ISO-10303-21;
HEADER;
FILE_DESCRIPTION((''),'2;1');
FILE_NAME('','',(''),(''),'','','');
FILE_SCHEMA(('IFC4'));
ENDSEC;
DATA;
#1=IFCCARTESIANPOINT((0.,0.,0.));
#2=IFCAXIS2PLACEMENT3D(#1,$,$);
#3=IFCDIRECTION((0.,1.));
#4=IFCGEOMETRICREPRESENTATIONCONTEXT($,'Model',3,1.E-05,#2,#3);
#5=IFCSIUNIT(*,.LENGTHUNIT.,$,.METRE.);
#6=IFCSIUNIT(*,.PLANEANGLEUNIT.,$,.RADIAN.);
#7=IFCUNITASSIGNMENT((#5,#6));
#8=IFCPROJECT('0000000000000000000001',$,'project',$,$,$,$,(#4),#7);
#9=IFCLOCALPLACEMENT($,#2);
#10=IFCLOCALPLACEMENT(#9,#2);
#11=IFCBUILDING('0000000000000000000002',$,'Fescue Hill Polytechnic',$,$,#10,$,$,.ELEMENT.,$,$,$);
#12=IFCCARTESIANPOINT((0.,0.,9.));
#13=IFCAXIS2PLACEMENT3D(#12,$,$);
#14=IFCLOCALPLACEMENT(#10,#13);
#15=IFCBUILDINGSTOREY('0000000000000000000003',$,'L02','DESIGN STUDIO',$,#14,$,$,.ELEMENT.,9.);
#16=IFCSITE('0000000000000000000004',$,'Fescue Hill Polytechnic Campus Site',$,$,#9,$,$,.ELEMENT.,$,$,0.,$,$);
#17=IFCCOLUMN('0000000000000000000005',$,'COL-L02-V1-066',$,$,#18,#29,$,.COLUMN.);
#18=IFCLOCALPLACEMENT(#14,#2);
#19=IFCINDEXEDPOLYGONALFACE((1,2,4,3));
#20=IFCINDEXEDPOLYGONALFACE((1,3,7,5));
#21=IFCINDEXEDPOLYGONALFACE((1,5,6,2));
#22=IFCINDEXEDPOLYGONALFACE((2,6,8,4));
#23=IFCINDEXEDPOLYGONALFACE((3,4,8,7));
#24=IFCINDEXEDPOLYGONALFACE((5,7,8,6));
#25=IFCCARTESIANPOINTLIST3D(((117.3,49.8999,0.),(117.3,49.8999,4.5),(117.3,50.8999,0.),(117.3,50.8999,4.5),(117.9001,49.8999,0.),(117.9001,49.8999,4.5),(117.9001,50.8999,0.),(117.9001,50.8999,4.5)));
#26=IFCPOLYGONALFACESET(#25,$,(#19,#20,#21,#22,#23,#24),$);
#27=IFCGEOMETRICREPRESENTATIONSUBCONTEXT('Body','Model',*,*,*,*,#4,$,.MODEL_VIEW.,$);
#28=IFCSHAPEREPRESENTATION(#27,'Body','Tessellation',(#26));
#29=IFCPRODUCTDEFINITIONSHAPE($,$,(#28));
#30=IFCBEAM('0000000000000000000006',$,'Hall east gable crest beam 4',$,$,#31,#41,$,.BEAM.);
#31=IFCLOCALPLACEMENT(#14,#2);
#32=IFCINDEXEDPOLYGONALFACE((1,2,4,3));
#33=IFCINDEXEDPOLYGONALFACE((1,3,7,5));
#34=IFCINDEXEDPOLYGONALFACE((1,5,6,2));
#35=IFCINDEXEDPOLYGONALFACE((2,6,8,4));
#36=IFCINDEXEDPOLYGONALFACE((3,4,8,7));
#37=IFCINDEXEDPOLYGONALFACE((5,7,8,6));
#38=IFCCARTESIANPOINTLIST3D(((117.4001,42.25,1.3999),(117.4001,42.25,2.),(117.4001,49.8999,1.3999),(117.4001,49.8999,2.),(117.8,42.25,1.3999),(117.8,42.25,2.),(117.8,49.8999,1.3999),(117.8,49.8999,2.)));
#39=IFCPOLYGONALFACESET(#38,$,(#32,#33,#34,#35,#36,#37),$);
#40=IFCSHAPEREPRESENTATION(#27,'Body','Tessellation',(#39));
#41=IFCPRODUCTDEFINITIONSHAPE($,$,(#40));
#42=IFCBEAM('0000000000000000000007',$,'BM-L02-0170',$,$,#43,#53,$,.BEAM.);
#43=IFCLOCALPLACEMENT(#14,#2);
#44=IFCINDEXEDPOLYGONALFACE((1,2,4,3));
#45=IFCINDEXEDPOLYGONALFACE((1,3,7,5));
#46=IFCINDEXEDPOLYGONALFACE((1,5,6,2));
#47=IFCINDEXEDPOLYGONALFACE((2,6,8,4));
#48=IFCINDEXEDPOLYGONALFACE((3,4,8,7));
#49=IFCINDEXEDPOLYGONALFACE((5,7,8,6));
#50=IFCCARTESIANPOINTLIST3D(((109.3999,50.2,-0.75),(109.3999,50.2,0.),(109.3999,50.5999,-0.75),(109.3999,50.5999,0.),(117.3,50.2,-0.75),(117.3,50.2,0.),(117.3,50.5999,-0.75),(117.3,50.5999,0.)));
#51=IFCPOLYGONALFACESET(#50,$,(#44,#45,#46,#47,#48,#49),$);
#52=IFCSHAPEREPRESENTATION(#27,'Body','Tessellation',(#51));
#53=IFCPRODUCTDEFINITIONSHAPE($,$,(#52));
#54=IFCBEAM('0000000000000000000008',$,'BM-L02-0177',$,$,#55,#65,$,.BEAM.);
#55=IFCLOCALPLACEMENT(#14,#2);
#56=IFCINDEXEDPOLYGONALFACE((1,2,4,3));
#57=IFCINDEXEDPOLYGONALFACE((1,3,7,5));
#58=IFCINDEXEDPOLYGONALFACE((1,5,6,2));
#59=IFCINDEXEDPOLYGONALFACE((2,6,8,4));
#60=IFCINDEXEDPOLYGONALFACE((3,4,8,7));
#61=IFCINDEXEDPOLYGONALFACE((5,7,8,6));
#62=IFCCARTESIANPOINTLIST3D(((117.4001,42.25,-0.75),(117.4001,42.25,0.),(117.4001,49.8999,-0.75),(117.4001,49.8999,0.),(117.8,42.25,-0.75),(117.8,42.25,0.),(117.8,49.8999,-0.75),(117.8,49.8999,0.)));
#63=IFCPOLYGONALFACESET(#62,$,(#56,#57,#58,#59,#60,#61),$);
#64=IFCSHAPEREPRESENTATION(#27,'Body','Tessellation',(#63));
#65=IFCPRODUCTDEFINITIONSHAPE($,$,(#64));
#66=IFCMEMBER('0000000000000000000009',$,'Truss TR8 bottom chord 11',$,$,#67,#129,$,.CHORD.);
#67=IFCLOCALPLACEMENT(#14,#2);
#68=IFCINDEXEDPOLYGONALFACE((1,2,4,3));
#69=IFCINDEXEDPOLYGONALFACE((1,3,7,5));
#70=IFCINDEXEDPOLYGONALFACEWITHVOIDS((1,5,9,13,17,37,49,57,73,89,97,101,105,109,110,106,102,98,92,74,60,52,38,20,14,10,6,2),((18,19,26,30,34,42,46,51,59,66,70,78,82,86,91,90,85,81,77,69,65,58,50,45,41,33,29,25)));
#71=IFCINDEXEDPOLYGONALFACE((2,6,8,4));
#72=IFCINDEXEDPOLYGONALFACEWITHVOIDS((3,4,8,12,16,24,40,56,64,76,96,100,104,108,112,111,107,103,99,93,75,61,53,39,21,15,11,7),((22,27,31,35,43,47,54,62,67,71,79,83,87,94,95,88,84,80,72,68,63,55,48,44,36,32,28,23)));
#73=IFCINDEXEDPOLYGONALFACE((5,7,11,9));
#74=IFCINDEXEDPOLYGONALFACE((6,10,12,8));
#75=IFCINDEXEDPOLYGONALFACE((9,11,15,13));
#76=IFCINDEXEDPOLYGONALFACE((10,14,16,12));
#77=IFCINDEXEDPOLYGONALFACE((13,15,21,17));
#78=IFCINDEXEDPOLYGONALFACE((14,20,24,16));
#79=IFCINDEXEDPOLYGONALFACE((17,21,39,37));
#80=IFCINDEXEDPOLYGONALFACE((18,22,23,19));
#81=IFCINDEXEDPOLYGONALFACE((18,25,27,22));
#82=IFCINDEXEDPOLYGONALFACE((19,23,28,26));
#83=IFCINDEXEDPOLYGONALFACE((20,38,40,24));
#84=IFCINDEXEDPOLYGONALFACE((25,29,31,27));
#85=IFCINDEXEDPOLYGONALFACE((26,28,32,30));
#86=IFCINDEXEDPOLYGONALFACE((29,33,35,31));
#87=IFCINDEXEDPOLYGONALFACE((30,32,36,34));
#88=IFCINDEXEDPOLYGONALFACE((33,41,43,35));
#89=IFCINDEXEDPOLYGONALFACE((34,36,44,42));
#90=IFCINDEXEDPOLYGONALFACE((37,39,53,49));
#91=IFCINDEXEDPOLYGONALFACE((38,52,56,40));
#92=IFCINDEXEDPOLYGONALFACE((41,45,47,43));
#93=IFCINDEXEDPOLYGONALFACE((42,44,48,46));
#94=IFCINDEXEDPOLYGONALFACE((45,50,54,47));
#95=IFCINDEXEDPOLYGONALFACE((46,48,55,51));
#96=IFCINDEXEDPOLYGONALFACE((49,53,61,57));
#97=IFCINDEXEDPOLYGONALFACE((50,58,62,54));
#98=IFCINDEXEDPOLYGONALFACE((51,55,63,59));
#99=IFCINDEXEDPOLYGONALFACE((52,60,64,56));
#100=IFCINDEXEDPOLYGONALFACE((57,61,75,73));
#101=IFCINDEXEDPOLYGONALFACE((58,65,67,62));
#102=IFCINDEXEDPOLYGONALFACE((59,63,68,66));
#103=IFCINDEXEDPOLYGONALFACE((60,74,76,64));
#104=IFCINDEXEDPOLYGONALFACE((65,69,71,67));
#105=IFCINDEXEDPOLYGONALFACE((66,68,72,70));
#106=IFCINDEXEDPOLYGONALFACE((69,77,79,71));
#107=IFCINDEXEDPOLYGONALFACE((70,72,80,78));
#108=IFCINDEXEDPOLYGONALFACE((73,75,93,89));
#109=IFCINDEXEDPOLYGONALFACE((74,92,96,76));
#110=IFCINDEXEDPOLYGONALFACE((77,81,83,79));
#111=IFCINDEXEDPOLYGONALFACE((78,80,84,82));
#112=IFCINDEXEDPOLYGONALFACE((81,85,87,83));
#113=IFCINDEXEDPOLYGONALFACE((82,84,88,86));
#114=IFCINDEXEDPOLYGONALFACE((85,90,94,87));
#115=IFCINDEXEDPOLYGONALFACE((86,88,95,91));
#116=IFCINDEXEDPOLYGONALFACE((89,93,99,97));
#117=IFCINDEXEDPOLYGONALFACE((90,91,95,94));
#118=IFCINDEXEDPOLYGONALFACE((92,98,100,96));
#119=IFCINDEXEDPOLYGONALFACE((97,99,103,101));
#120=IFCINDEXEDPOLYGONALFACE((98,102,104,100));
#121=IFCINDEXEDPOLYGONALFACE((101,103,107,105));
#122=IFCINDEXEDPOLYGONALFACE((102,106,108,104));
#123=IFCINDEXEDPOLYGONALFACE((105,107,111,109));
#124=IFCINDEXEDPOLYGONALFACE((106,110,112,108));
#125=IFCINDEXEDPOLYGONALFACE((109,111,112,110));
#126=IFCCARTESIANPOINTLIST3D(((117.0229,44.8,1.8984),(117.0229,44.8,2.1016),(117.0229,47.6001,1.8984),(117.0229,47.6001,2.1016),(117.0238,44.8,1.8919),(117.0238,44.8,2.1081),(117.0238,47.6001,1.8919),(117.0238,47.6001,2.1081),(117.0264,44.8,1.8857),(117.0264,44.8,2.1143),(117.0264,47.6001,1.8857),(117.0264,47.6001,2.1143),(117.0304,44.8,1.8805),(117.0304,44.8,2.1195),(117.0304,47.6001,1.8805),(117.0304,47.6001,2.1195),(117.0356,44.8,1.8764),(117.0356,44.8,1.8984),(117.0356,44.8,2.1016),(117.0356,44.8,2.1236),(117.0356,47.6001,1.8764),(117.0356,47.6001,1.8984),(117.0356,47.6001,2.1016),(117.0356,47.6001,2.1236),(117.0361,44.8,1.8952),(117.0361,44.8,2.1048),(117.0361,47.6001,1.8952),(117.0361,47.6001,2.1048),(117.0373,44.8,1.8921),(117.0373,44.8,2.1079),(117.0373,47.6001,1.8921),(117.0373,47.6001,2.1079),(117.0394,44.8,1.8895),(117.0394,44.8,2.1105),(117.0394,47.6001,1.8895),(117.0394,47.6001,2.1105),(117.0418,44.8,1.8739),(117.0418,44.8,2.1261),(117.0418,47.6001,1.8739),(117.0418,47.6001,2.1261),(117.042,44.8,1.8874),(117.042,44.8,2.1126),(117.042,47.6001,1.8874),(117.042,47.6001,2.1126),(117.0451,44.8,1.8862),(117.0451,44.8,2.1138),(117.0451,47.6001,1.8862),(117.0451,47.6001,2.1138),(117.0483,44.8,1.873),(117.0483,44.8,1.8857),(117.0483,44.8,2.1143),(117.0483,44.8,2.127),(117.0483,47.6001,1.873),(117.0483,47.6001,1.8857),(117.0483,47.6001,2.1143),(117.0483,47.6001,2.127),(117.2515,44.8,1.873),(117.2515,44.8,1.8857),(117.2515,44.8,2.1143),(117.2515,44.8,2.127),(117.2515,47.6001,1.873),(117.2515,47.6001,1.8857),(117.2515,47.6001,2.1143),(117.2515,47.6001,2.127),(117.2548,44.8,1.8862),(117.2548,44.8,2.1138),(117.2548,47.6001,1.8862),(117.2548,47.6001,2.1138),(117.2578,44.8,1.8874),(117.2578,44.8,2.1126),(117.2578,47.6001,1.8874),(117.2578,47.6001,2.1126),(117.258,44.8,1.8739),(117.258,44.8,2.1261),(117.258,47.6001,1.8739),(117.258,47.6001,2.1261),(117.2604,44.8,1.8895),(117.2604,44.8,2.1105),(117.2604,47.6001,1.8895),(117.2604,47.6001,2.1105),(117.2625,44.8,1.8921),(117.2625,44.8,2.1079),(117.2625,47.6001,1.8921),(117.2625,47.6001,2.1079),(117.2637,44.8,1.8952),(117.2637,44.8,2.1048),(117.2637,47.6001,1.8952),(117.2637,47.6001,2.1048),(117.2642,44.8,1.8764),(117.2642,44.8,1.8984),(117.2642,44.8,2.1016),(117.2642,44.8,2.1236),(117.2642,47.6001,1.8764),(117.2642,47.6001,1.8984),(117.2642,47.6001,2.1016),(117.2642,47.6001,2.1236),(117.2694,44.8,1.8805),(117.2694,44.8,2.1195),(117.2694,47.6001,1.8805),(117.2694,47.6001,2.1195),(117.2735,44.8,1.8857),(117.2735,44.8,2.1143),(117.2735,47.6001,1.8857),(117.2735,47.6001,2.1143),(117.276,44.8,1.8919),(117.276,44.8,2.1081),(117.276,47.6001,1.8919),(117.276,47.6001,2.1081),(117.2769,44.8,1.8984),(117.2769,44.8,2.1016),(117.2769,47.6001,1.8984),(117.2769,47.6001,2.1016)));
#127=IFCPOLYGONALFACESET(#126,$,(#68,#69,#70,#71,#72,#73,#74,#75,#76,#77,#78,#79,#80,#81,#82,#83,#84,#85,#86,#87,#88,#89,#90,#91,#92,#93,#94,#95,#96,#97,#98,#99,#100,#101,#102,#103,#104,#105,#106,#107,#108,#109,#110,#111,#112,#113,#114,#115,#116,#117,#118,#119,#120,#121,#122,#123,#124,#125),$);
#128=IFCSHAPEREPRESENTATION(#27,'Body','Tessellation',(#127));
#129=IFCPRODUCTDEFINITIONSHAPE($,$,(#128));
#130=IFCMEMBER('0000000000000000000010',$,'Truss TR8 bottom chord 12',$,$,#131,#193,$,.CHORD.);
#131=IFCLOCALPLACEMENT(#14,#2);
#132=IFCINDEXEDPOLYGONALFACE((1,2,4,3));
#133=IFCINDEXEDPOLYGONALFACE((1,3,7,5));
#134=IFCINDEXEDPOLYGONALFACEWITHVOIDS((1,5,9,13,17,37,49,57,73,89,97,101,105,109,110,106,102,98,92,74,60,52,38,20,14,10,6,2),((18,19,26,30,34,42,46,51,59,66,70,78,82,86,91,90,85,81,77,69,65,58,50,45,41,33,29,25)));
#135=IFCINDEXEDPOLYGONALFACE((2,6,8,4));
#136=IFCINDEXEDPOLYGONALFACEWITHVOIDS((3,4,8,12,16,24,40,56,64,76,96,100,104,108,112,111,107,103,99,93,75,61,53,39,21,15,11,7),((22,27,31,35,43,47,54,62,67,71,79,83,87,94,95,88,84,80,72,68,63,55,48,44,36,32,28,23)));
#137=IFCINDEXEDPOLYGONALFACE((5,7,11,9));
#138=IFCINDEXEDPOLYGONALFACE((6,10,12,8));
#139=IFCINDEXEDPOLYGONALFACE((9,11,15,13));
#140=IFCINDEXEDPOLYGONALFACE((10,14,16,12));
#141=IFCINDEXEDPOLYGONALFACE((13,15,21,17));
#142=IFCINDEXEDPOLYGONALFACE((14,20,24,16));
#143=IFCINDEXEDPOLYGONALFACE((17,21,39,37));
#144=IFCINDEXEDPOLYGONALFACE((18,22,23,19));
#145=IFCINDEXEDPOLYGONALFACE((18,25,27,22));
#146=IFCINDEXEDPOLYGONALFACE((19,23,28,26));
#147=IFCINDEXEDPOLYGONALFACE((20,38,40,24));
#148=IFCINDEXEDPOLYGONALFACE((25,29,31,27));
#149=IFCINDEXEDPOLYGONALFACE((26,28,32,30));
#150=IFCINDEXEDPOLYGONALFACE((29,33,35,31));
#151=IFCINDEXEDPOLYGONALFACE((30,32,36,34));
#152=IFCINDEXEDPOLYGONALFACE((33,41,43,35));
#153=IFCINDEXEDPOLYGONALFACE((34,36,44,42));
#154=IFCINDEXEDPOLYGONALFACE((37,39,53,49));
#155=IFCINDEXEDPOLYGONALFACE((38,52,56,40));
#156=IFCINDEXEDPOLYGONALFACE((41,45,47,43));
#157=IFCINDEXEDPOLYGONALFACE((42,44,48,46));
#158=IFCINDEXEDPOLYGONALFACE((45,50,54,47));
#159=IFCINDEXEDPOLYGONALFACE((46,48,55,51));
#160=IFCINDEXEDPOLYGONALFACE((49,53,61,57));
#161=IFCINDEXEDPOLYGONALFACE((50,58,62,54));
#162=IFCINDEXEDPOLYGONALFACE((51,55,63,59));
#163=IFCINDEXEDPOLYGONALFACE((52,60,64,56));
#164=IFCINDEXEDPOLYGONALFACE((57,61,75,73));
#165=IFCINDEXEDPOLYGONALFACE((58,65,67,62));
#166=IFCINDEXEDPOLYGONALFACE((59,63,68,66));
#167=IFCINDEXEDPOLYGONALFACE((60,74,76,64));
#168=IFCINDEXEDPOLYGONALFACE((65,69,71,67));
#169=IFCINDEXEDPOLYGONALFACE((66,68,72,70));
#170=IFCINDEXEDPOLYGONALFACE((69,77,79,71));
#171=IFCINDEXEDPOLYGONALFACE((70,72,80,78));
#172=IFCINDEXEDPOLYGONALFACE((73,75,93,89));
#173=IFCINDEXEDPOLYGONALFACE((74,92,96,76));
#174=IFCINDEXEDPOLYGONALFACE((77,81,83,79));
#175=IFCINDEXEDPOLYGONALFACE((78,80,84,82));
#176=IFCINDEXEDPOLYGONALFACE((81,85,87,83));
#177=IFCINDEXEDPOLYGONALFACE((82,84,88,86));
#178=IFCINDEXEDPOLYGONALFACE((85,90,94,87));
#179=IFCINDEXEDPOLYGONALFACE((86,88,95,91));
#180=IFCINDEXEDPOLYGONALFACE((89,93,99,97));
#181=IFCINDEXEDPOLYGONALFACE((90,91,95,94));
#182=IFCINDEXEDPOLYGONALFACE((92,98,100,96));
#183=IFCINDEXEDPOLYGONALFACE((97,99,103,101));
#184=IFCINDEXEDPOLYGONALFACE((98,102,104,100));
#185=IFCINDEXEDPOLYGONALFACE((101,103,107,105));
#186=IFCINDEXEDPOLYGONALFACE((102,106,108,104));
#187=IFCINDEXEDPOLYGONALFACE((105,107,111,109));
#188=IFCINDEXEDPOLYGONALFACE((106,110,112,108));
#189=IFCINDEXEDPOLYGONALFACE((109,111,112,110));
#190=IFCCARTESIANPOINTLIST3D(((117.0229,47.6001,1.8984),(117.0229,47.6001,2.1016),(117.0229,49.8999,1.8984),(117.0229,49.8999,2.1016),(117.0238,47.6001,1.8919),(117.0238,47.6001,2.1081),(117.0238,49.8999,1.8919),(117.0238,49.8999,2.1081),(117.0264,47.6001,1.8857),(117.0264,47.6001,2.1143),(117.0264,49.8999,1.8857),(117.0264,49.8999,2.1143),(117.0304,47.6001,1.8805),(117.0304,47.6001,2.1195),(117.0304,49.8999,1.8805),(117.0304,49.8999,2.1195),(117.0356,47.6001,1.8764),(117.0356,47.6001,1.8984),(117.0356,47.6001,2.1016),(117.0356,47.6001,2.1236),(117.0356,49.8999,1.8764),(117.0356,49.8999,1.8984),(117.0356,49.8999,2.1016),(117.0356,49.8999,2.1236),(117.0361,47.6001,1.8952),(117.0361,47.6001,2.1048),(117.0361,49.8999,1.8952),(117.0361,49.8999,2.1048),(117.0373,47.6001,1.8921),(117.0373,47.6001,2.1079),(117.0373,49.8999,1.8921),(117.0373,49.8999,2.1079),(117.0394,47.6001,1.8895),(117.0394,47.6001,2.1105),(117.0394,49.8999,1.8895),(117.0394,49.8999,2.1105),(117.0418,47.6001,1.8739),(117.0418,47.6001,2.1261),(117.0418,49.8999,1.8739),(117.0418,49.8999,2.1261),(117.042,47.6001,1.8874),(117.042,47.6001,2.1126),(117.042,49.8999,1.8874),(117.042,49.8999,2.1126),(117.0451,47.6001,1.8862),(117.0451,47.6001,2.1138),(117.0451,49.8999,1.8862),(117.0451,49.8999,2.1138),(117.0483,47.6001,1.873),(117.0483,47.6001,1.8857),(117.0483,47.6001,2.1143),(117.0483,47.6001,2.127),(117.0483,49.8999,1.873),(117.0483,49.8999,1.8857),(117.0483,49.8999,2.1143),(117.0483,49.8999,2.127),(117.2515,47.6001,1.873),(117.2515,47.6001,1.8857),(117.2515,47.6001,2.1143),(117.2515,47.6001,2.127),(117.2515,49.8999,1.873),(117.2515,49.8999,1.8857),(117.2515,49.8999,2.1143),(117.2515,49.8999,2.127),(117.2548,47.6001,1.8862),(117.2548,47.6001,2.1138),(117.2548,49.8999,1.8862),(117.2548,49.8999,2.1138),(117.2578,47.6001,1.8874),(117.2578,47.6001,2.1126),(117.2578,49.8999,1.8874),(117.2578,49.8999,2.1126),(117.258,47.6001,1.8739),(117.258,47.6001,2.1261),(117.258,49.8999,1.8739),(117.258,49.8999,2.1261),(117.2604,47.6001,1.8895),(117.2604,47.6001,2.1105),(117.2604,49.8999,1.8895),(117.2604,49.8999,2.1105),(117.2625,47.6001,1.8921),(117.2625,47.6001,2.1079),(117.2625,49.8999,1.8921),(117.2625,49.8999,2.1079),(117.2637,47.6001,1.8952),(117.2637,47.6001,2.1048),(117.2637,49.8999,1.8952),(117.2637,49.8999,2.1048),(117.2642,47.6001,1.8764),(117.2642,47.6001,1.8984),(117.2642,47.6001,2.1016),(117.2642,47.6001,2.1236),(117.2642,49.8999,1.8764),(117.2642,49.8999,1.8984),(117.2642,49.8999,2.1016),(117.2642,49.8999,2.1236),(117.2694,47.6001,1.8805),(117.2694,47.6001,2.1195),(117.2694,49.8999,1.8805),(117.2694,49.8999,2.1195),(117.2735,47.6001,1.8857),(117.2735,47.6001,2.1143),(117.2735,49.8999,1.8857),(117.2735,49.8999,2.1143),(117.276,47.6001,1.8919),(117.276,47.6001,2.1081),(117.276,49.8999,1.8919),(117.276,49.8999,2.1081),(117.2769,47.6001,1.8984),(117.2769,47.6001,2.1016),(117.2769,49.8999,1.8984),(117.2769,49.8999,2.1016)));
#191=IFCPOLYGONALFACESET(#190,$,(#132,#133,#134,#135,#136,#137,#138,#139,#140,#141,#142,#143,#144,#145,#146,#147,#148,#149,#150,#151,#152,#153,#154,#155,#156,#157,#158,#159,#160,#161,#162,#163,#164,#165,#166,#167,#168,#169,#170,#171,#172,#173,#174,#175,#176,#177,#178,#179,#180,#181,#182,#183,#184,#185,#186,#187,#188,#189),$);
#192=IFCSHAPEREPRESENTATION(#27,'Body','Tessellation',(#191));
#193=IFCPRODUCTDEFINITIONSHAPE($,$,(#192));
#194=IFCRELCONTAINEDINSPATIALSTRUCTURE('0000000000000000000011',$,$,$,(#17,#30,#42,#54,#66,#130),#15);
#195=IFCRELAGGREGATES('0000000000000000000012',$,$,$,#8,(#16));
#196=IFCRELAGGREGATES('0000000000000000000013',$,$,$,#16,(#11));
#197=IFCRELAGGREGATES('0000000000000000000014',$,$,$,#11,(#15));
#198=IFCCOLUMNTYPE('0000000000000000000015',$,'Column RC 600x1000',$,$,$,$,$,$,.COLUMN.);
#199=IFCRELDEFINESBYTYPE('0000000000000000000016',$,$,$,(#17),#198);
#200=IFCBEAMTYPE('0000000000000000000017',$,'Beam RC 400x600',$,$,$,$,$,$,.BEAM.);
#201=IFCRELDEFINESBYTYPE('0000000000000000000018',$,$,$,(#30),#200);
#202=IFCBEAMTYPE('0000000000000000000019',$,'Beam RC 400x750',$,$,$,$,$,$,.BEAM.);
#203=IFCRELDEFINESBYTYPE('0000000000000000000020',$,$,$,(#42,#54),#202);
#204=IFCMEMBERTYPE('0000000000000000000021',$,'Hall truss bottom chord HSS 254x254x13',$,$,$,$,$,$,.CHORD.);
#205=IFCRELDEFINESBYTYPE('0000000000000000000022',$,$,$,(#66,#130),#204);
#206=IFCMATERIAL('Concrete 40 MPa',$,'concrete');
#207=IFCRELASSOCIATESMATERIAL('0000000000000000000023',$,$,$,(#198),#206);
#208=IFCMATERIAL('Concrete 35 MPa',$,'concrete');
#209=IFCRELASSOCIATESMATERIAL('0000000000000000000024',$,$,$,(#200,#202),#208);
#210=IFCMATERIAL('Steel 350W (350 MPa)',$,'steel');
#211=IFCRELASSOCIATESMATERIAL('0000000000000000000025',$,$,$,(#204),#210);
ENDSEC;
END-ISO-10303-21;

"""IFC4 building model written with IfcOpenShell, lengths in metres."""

from ifc_helpers import new_model, si_unit, direction, frame, origin, origin_2d, place, context, subcontext, project, spatial, rectangle, hollow_rectangle, extrude, material, material_profile, profile_set, type_object, element, save


model = new_model("IFC4")

# Units and contexts
model_context = context("Model", 3, precision=1e-05, world=origin(), true_north=direction((0.0, 1.0)))
body_context = subcontext(model_context, "Body", "Model", "MODEL_VIEW")
ifc_project = project(units=[si_unit("LENGTHUNIT", "METRE"), si_unit("PLANEANGLEUNIT", "RADIAN")], contexts=[model_context])

# Site, building, storey
site_placement = place(None, origin())
site = spatial("IfcSite", under=ifc_project, at=site_placement, Name="Fescue Hill Polytechnic Campus Site", CompositionType="ELEMENT", RefElevation=0.0)
building_placement = place(site_placement, origin())
building = spatial("IfcBuilding", under=site, at=building_placement, Name="Fescue Hill Polytechnic", CompositionType="ELEMENT")
storey_placement = place(building_placement, frame((0.0, 0.0, 9.0)))
storey = spatial("IfcBuildingStorey", under=building, at=storey_placement, Name="L02", Description="DESIGN STUDIO", CompositionType="ELEMENT", Elevation=9.0)

# Column
ifc_material_1 = material(Name="Concrete 40 MPa", Category="concrete")
ifc_material_profile_1 = material_profile(ifc_material_1, rectangle(XDim=0.6001, YDim=1.0, at=origin_2d()), Name="RC 600x1000")
ifc_profile_set_1 = profile_set([ifc_material_profile_1], Name="Concrete 40 MPa")
column_type = type_object("IfcColumnType", Name="Column RC 600x1000", PredefinedType="COLUMN", material=ifc_profile_set_1)
column_placement = place(storey_placement, frame((117.6001, 50.3999, 0.0), z_axis=(0.0, 0.0, 1.0), x_axis=(1.0, 0.0, 0.0)))
element("IfcColumn", 1, at=column_placement, inside=storey, type_object=column_type, Name="COL-L02-V1-066", PredefinedType="COLUMN", context=body_context, shape_type="SweptSolid", body=[
    extrude(rectangle(XDim=0.6001, YDim=1.0, at=origin_2d()), origin(), (0.0, 0.0, 1.0), 4.5),
])

# Beams
ifc_material_2 = material(Name="Concrete 35 MPa", Category="concrete")
ifc_material_profile_2 = material_profile(ifc_material_2, rectangle(XDim=0.3999, YDim=0.6001, at=origin_2d()), Name="RC 400x600")
ifc_profile_set_2 = profile_set([ifc_material_profile_2], Name="Concrete 35 MPa")
beam_type_1 = type_object("IfcBeamType", Name="Beam RC 400x600", PredefinedType="BEAM", material=ifc_profile_set_2)
beam_1_placement = place(storey_placement, frame((117.6001, 42.25, 1.7), z_axis=(0.0, 1.0, 0.0), x_axis=(-1.0, 0.0, 0.0)))
element("IfcBeam", 2, at=beam_1_placement, inside=storey, type_object=beam_type_1, Name="Hall east gable crest beam 4", PredefinedType="BEAM", context=body_context, shape_type="SweptSolid", body=[
    extrude(rectangle(XDim=0.3999, YDim=0.6001, at=origin_2d()), origin(), (0.0, 0.0, 1.0), 7.6499),
])
ifc_material_profile_3 = material_profile(ifc_material_2, rectangle(XDim=0.3999, YDim=0.75, at=origin_2d()), Name="RC 400x750")
ifc_profile_set_3 = profile_set([ifc_material_profile_3], Name="Concrete 35 MPa")
beam_type_2 = type_object("IfcBeamType", Name="Beam RC 400x750", PredefinedType="BEAM", material=ifc_profile_set_3)
beam_2_placement = place(storey_placement, frame((117.3, 50.3999, -0.375), z_axis=(-1.0, 0.0, 0.0), x_axis=(0.0, -1.0, 0.0)))
element("IfcBeam", 3, at=beam_2_placement, inside=storey, type_object=beam_type_2, Name="BM-L02-0170", PredefinedType="BEAM", context=body_context, shape_type="SweptSolid", body=[
    extrude(rectangle(XDim=0.3999, YDim=0.75, at=origin_2d()), origin(), (0.0, 0.0, 1.0), 7.9001),
])
beam_3_placement = place(storey_placement, frame((117.6001, 42.25, -0.375), z_axis=(0.0, 1.0, 0.0), x_axis=(-1.0, 0.0, 0.0)))
element("IfcBeam", 4, at=beam_3_placement, inside=storey, type_object=beam_type_2, Name="BM-L02-0177", PredefinedType="BEAM", context=body_context, shape_type="SweptSolid", body=[
    extrude(rectangle(XDim=0.3999, YDim=0.75, at=origin_2d()), origin(), (0.0, 0.0, 1.0), 7.6499),
])

# Members
ifc_material_3 = material(Name="Steel 350W (350 MPa)", Category="steel")
ifc_material_profile_4 = material_profile(ifc_material_3, hollow_rectangle(XDim=0.2539, YDim=0.2539, WallThickness=0.0127, InnerFilletRadius=0.0127, OuterFilletRadius=0.0254, at=origin_2d()), Name="Hall truss bottom chord HSS 254x254x13")
ifc_profile_set_4 = profile_set([ifc_material_profile_4], Name="Steel 350W (350 MPa)")
member_type_1 = type_object("IfcMemberType", Name="Hall truss bottom chord HSS 254x254x13", PredefinedType="CHORD", material=ifc_profile_set_4)
member_1_placement = place(storey_placement, frame((117.1499, 44.8, 2.0), z_axis=(0.0, 1.0, 0.0), x_axis=(-1.0, 0.0, 0.0)))
element("IfcMember", 5, at=member_1_placement, inside=storey, type_object=member_type_1, Name="Truss TR8 bottom chord 11", PredefinedType="CHORD", context=body_context, shape_type="SweptSolid", body=[
    extrude(hollow_rectangle(XDim=0.2539, YDim=0.2539, WallThickness=0.0127, InnerFilletRadius=0.0127, OuterFilletRadius=0.0254, at=origin_2d()), origin(), (0.0, 0.0, 1.0), 2.8),
])
member_2_placement = place(storey_placement, frame((117.1499, 47.6001, 2.0), z_axis=(0.0, 1.0, 0.0), x_axis=(-1.0, 0.0, 0.0)))
element("IfcMember", 6, at=member_2_placement, inside=storey, type_object=member_type_1, Name="Truss TR8 bottom chord 12", PredefinedType="CHORD", context=body_context, shape_type="SweptSolid", body=[
    extrude(hollow_rectangle(XDim=0.2539, YDim=0.2539, WallThickness=0.0127, InnerFilletRadius=0.0127, OuterFilletRadius=0.0254, at=origin_2d()), origin(), (0.0, 0.0, 1.0), 2.2998),
])

save(model, "model.ifc")
